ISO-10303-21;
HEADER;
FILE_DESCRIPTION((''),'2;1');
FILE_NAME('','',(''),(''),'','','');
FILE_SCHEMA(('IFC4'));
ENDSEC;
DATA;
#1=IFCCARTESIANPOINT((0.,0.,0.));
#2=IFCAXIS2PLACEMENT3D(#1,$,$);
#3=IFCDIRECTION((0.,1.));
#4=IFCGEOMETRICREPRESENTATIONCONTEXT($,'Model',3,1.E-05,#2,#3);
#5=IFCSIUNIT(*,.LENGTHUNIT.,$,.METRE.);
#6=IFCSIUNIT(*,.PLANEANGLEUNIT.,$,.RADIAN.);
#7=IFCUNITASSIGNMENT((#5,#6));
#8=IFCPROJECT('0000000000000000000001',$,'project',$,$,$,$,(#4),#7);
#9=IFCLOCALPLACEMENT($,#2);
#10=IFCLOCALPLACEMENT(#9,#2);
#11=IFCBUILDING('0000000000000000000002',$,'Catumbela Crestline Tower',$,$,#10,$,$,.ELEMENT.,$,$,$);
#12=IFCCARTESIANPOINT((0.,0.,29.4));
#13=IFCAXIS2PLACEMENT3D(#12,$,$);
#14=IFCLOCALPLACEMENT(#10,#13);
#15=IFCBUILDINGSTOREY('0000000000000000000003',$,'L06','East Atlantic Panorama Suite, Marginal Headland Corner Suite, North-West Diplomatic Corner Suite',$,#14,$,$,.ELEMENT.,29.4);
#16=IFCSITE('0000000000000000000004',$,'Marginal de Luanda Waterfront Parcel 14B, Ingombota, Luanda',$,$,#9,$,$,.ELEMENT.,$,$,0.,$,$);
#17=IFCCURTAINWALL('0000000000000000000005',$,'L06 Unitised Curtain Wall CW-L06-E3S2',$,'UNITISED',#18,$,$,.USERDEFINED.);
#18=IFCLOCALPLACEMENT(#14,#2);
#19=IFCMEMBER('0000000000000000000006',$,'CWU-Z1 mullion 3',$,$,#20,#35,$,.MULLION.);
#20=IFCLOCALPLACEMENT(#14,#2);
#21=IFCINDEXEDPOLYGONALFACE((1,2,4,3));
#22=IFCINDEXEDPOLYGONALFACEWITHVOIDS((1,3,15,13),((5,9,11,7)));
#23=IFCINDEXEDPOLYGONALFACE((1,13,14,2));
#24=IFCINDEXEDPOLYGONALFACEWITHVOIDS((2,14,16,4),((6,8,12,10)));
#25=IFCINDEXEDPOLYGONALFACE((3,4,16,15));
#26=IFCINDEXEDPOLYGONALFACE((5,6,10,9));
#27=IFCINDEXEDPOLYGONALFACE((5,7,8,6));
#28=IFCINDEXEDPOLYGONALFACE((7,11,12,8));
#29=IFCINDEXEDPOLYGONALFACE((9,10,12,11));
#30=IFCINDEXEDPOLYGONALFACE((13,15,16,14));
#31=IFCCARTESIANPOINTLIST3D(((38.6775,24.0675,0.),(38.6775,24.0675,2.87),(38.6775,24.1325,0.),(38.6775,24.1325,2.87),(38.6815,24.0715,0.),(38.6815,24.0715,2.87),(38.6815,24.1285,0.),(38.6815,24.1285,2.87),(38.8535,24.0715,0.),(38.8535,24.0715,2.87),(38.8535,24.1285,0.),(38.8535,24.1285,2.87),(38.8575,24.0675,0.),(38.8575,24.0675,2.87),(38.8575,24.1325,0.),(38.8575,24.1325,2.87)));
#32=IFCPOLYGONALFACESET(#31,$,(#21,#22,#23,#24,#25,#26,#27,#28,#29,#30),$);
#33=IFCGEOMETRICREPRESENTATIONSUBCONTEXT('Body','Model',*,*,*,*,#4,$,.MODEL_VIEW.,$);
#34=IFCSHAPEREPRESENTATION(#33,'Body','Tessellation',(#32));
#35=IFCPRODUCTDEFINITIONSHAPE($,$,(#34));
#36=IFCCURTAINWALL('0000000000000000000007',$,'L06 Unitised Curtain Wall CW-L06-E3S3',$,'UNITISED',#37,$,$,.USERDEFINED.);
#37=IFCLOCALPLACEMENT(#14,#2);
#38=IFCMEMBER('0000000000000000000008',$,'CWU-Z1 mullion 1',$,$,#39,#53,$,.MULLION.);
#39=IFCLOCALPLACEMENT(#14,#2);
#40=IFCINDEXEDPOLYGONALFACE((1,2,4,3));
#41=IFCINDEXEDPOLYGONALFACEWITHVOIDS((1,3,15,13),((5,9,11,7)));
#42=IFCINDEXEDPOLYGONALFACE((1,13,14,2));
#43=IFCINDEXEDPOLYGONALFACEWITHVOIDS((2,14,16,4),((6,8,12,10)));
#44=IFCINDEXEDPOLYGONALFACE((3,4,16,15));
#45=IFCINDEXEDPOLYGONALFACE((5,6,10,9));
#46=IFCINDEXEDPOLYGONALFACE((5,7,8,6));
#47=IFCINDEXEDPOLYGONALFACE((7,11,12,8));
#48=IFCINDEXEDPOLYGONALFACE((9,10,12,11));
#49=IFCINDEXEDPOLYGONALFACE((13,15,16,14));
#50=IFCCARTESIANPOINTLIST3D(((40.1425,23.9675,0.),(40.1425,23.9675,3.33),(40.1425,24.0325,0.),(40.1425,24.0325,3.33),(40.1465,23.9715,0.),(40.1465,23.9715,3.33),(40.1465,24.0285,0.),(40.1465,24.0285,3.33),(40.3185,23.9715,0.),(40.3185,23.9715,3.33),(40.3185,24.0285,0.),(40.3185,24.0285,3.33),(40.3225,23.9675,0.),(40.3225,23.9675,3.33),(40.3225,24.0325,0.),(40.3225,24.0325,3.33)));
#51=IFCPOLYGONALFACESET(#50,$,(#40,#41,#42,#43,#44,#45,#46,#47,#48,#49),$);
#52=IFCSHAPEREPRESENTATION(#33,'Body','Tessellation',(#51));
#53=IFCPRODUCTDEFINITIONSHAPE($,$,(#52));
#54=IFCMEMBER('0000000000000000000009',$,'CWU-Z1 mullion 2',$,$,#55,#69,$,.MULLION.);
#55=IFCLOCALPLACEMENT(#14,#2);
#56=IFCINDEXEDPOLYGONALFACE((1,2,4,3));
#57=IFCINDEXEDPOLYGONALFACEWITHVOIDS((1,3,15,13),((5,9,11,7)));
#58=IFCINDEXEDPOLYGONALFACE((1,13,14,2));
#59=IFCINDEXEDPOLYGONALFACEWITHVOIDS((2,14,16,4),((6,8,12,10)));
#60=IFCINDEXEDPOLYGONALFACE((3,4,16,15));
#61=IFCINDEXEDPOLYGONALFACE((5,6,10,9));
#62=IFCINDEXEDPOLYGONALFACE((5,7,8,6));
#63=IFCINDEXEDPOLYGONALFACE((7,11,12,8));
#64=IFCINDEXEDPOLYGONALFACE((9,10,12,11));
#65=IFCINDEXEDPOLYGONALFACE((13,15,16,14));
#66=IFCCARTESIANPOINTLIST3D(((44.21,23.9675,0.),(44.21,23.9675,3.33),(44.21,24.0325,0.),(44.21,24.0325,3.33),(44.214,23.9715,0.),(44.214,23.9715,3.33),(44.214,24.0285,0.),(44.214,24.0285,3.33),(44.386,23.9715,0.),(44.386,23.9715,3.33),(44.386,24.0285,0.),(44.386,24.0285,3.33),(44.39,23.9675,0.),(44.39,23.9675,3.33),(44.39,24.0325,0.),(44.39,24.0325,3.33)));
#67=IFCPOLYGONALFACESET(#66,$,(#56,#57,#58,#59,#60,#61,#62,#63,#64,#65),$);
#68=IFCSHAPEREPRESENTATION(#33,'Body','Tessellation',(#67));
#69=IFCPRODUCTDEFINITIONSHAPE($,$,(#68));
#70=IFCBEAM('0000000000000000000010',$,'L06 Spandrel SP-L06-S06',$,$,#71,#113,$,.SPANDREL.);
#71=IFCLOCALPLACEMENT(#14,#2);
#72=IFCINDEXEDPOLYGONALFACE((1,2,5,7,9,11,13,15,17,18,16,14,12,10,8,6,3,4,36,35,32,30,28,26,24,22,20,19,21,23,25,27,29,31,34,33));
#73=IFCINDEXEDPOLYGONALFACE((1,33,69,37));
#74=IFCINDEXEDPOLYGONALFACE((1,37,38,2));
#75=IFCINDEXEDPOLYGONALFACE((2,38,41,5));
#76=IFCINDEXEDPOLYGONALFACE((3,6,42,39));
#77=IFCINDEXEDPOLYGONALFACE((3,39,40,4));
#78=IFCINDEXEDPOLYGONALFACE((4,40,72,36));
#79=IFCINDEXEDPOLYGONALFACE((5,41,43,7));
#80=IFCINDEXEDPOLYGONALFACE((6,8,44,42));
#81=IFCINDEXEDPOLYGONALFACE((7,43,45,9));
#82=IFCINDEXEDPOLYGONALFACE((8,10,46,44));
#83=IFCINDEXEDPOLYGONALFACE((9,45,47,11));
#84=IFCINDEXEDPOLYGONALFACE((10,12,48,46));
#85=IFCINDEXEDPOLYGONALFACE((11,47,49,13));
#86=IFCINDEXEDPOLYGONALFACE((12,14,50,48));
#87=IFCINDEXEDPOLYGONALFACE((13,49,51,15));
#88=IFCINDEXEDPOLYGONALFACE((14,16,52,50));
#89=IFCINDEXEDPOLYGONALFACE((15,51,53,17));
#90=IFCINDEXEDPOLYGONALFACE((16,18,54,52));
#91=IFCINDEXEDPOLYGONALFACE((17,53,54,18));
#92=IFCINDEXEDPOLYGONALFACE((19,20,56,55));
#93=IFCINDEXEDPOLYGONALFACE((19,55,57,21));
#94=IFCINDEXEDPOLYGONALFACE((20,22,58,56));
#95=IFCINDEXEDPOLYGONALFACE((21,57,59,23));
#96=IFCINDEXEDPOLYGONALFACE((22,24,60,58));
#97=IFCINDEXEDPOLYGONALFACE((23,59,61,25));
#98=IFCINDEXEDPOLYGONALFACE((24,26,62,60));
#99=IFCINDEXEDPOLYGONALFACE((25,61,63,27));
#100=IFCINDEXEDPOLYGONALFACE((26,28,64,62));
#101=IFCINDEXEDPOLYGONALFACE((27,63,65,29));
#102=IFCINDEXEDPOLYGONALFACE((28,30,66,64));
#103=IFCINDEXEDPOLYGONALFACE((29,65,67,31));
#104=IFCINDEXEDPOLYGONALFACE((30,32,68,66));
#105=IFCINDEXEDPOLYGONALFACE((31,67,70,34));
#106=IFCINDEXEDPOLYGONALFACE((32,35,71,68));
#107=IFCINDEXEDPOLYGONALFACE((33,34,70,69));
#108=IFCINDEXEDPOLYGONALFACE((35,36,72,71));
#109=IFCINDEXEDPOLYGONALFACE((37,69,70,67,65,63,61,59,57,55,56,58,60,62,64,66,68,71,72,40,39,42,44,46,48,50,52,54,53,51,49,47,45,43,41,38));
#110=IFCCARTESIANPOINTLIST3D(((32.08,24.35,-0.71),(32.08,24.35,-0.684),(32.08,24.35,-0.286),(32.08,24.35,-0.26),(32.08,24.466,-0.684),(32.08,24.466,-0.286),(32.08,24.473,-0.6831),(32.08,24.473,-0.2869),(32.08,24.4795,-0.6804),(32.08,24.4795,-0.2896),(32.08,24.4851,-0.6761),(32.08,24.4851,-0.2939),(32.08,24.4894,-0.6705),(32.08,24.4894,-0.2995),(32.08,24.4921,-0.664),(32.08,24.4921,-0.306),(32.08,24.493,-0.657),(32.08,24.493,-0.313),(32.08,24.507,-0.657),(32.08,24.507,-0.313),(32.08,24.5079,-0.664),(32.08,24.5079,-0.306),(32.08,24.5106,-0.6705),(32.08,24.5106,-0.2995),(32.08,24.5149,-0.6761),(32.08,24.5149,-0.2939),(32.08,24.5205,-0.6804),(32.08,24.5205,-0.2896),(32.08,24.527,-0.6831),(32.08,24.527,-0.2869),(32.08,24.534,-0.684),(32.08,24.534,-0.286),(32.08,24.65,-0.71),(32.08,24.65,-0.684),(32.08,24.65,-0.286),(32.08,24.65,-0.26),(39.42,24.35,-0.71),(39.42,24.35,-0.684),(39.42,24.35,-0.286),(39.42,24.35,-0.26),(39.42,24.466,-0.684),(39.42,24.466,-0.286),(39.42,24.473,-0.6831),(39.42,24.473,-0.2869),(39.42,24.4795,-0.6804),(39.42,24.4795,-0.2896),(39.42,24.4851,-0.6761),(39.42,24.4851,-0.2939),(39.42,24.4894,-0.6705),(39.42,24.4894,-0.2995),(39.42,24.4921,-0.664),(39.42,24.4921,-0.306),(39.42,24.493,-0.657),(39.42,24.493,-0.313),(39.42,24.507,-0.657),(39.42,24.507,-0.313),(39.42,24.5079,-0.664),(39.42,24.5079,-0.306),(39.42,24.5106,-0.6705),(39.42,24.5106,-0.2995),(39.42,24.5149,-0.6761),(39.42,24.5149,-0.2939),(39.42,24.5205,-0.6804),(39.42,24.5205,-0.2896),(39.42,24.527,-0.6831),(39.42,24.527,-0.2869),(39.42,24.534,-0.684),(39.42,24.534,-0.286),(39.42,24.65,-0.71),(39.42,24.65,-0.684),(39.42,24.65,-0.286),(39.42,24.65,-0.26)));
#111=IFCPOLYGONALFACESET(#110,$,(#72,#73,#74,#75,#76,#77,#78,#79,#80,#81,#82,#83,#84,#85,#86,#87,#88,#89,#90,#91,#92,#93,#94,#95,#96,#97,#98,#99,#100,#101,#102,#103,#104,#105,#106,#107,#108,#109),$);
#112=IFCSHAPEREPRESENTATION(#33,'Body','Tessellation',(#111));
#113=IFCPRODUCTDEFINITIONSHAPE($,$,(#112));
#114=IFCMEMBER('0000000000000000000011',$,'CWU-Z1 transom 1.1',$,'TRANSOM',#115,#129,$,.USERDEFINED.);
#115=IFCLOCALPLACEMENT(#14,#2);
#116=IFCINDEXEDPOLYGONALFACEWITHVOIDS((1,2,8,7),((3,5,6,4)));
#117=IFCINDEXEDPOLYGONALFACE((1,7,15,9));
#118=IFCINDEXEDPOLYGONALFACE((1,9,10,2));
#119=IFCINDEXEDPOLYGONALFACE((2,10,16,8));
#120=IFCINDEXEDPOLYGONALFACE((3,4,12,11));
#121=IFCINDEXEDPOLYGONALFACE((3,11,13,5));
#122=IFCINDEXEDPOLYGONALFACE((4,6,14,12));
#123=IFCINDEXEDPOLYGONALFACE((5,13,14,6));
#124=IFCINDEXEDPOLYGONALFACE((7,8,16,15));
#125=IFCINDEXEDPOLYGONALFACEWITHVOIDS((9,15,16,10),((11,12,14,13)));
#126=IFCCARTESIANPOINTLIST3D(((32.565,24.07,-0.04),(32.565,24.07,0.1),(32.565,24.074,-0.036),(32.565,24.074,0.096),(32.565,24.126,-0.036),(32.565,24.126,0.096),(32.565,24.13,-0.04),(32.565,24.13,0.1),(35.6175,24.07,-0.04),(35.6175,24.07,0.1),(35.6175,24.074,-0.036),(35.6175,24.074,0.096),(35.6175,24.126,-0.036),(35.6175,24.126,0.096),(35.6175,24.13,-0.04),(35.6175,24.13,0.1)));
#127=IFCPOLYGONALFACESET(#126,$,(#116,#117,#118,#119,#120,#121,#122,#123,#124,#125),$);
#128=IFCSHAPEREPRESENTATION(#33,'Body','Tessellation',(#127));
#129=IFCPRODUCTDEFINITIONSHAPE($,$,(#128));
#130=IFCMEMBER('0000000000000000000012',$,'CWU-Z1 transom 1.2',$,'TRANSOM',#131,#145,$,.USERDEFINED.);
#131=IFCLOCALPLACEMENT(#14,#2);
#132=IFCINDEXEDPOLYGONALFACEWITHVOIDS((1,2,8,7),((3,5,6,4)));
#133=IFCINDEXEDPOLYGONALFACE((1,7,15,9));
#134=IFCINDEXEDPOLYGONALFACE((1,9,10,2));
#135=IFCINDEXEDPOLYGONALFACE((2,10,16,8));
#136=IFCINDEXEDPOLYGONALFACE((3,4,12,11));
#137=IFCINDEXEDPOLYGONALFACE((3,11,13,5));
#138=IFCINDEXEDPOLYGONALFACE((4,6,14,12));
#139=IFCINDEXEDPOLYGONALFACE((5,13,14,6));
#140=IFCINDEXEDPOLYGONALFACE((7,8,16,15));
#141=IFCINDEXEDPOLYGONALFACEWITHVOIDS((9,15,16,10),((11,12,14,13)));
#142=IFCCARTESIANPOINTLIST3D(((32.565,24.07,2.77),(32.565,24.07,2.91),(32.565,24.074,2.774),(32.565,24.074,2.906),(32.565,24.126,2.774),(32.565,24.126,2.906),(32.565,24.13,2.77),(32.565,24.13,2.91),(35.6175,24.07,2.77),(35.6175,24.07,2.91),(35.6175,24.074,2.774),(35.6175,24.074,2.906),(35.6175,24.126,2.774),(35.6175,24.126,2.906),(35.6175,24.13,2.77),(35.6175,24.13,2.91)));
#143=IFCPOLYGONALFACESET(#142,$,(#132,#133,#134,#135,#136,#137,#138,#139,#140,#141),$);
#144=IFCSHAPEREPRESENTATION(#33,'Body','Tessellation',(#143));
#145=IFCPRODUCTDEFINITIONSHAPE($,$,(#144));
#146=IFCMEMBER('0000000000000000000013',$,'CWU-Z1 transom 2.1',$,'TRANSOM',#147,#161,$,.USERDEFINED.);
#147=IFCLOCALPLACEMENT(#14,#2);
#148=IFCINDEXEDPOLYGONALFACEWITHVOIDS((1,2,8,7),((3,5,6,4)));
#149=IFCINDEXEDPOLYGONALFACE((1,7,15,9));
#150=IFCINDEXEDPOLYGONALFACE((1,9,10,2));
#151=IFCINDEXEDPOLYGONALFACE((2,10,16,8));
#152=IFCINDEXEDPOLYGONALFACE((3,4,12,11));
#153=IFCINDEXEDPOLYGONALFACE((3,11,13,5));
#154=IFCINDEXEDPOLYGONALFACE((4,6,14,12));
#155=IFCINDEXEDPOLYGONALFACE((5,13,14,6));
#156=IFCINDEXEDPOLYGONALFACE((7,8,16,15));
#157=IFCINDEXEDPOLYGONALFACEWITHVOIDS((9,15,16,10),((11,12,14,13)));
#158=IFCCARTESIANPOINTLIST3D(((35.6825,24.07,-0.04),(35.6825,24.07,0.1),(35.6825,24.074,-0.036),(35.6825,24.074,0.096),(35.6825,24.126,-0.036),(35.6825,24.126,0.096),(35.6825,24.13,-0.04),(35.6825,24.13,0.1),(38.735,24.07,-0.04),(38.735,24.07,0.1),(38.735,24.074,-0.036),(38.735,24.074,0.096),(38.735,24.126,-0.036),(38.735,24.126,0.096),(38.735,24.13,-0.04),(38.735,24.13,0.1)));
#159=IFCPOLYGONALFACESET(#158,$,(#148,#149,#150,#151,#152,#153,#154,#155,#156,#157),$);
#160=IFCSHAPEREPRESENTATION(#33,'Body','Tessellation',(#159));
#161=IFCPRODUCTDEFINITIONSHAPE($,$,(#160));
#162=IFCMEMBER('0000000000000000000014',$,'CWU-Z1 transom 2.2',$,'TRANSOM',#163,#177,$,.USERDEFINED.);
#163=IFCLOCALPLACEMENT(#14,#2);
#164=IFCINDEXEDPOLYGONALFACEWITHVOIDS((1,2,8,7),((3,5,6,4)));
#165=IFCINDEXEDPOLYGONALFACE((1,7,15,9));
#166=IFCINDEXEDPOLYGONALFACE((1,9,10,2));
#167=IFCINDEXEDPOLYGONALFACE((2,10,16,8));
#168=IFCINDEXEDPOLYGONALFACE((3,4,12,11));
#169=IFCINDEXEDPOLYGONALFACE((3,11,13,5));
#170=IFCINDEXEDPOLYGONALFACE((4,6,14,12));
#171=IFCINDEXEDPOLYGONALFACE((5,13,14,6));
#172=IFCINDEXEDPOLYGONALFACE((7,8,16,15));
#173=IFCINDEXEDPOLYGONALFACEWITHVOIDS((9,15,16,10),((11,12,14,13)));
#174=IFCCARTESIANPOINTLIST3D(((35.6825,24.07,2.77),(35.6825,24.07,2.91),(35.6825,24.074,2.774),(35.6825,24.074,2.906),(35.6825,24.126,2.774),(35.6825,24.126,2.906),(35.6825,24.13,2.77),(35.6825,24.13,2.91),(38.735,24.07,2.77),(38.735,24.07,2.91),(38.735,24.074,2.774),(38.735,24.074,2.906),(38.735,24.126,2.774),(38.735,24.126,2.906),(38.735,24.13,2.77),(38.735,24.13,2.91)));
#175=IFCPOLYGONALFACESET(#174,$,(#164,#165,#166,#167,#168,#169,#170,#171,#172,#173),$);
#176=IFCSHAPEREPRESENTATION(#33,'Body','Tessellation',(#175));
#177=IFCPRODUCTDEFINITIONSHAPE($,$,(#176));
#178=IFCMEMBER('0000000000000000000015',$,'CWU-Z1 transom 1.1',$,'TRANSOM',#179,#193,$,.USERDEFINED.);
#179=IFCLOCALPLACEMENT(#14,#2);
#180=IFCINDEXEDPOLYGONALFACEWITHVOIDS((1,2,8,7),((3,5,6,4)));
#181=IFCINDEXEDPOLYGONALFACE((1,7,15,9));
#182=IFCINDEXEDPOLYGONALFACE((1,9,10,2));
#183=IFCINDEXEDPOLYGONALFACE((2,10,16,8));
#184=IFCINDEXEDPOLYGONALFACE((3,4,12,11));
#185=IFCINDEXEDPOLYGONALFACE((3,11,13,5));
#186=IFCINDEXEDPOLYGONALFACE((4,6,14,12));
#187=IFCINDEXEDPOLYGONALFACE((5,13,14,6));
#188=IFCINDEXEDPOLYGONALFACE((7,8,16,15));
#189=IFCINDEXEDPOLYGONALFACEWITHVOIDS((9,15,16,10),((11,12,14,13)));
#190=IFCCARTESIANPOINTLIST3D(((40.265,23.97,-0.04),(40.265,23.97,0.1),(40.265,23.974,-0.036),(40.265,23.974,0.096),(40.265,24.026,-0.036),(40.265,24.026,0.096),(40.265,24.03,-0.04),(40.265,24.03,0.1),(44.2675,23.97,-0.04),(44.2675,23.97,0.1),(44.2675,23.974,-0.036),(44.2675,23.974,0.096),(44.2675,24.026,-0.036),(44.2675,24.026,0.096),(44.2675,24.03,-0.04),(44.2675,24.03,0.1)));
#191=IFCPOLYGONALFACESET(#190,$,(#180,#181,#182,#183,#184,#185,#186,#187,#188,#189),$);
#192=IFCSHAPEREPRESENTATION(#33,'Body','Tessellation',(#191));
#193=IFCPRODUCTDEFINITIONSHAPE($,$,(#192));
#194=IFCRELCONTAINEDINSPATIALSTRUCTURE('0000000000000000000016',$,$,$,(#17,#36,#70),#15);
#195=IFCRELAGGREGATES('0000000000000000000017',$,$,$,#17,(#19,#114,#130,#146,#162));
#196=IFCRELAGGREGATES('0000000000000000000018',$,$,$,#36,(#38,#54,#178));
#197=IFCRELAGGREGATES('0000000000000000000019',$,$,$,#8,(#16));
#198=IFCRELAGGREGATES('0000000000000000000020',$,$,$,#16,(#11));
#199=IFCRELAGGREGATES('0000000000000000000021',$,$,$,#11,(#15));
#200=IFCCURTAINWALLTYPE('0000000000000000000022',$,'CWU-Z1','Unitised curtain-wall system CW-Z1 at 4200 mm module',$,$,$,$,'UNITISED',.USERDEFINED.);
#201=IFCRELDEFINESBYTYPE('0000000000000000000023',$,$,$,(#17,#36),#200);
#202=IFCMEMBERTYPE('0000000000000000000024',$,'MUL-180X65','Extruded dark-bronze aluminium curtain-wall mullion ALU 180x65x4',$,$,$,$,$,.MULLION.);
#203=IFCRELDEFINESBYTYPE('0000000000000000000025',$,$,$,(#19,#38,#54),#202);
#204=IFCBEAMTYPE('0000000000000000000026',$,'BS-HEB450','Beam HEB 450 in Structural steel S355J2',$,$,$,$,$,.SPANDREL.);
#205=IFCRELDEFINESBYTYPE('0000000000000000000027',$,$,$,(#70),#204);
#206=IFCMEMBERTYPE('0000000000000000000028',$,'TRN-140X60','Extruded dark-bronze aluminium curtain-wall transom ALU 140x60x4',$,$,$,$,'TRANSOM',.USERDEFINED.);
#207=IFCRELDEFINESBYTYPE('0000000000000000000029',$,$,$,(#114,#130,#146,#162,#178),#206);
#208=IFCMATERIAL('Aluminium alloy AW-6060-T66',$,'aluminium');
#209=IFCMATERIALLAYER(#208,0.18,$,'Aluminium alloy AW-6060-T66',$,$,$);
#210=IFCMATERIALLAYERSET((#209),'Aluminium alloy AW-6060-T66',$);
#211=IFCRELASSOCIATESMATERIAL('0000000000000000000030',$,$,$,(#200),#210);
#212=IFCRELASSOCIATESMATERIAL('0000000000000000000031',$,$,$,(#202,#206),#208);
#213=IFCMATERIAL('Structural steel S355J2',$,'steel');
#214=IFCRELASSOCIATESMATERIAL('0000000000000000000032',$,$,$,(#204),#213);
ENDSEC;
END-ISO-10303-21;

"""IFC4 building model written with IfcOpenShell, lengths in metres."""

from ifc_helpers import new_model, si_unit, direction, frame, origin, origin_2d, place, context, subcontext, project, spatial, hollow_rectangle, i_section, extrude, material, layer, layer_set, material_profile, profile_set, type_object, element, aggregate, save


model = new_model("IFC4")

# Units and contexts
model_context = context("Model", 3, precision=1e-05, world=origin(), true_north=direction((0.0, 1.0)))
body_context = subcontext(model_context, "Body", "Model", "MODEL_VIEW")
ifc_project = project(units=[si_unit("LENGTHUNIT", "METRE"), si_unit("PLANEANGLEUNIT", "RADIAN")], contexts=[model_context])

# Site, building, storey
site_placement = place(None, origin())
site = spatial("IfcSite", under=ifc_project, at=site_placement, Name="Marginal de Luanda Waterfront Parcel 14B, Ingombota, Luanda", CompositionType="ELEMENT", RefElevation=0.0)
building_placement = place(site_placement, origin())
building = spatial("IfcBuilding", under=site, at=building_placement, Name="Catumbela Crestline Tower", CompositionType="ELEMENT")
storey_placement = place(building_placement, frame((0.0, 0.0, 29.4)))
storey = spatial("IfcBuildingStorey", under=building, at=storey_placement, Name="L06", Description="East Atlantic Panorama Suite, Marginal Headland Corner Suite, North-West Diplomatic Corner Suite", CompositionType="ELEMENT", Elevation=29.4)

# Shared definitions
ifc_material_1 = material(Name="Structural steel S355J2", Category="steel")

# Curtain walls, members
ifc_material_2 = material(Name="Aluminium alloy AW-6060-T66", Category="aluminium")
ifc_layer_1 = layer(ifc_material_2, 0.18, Name="Aluminium alloy AW-6060-T66")
ifc_layer_set_1 = layer_set([ifc_layer_1], Name="Aluminium alloy AW-6060-T66")
curtain_wall_type = type_object("IfcCurtainWallType", Name="CWU-Z1", Description="Unitised curtain-wall system CW-Z1 at 4200 mm module", ElementType="UNITISED", PredefinedType="USERDEFINED", material=ifc_layer_set_1)
curtain_wall_1_placement = place(storey_placement, origin())
curtain_wall_1 = element("IfcCurtainWall", 1, at=curtain_wall_1_placement, inside=storey, type_object=curtain_wall_type, Name="L06 Unitised Curtain Wall CW-L06-E3S2", ObjectType="UNITISED", PredefinedType="USERDEFINED")
ifc_material_profile_1 = material_profile(ifc_material_2, hollow_rectangle(XDim=0.065, YDim=0.18, WallThickness=0.004, at=origin_2d()), Name="ALU 180x65x4")
ifc_profile_set_1 = profile_set([ifc_material_profile_1], Name="Aluminium alloy AW-6060-T66")
member_type_1 = type_object("IfcMemberType", Name="MUL-180X65", Description="Extruded dark-bronze aluminium curtain-wall mullion ALU 180x65x4", PredefinedType="MULLION", material=ifc_profile_set_1)
member_1_placement = place(storey_placement, frame((38.7675, 24.1, 0.0), z_axis=(0.0, 0.0, 1.0), x_axis=(0.0, 1.0, 0.0)))
member_1 = element("IfcMember", 2, at=member_1_placement, type_object=member_type_1, Name="CWU-Z1 mullion 3", PredefinedType="MULLION", context=body_context, shape_type="SweptSolid", body=[
    extrude(hollow_rectangle(XDim=0.065, YDim=0.18, WallThickness=0.004, at=origin_2d()), origin(), (0.0, 0.0, 1.0), 2.87),
])
curtain_wall_2_placement = place(storey_placement, origin())
curtain_wall_2 = element("IfcCurtainWall", 3, at=curtain_wall_2_placement, inside=storey, type_object=curtain_wall_type, Name="L06 Unitised Curtain Wall CW-L06-E3S3", ObjectType="UNITISED", PredefinedType="USERDEFINED")
member_2_placement = place(storey_placement, frame((40.2325, 24.0, 0.0), z_axis=(0.0, 0.0, 1.0), x_axis=(0.0, 1.0, 0.0)))
member_2 = element("IfcMember", 4, at=member_2_placement, type_object=member_type_1, Name="CWU-Z1 mullion 1", PredefinedType="MULLION", context=body_context, shape_type="SweptSolid", body=[
    extrude(hollow_rectangle(XDim=0.065, YDim=0.18, WallThickness=0.004, at=origin_2d()), origin(), (0.0, 0.0, 1.0), 3.33),
])
member_3_placement = place(storey_placement, frame((44.3, 24.0, 0.0), z_axis=(0.0, 0.0, 1.0), x_axis=(0.0, 1.0, 0.0)))
member_3 = element("IfcMember", 5, at=member_3_placement, type_object=member_type_1, Name="CWU-Z1 mullion 2", PredefinedType="MULLION", context=body_context, shape_type="SweptSolid", body=[
    extrude(hollow_rectangle(XDim=0.065, YDim=0.18, WallThickness=0.004, at=origin_2d()), origin(), (0.0, 0.0, 1.0), 3.33),
])

# Beam
ifc_material_profile_2 = material_profile(ifc_material_1, i_section(OverallWidth=0.3, OverallDepth=0.45, WebThickness=0.014, FlangeThickness=0.026, FilletRadius=0.027, at=origin_2d()), Name="HEB 450")
ifc_profile_set_2 = profile_set([ifc_material_profile_2], Name="Structural steel S355J2")
beam_type_1 = type_object("IfcBeamType", Name="BS-HEB450", Description="Beam HEB 450 in Structural steel S355J2", PredefinedType="SPANDREL", material=ifc_profile_set_2)
beam_1_placement = place(storey_placement, frame((32.08, 24.5, -0.485), z_axis=(1.0, 0.0, 0.0), x_axis=(0.0, 1.0, 0.0)))
element("IfcBeam", 6, at=beam_1_placement, inside=storey, type_object=beam_type_1, Name="L06 Spandrel SP-L06-S06", PredefinedType="SPANDREL", context=body_context, shape_type="SweptSolid", body=[
    extrude(i_section(OverallWidth=0.3, OverallDepth=0.45, WebThickness=0.014, FlangeThickness=0.026, FilletRadius=0.027, at=origin_2d()), origin(), (0.0, 0.0, 1.0), 7.34),
])

# Members
ifc_material_profile_3 = material_profile(ifc_material_2, hollow_rectangle(XDim=0.06, YDim=0.14, WallThickness=0.004, at=origin_2d()), Name="ALU 140x60x4")
ifc_profile_set_3 = profile_set([ifc_material_profile_3], Name="Aluminium alloy AW-6060-T66")
member_type_2 = type_object("IfcMemberType", Name="TRN-140X60", Description="Extruded dark-bronze aluminium curtain-wall transom ALU 140x60x4", ElementType="TRANSOM", PredefinedType="USERDEFINED", material=ifc_profile_set_3)
member_4_placement = place(storey_placement, frame((32.565, 24.1, 0.03), z_axis=(1.0, 0.0, 0.0), x_axis=(0.0, 1.0, 0.0)))
member_4 = element("IfcMember", 7, at=member_4_placement, type_object=member_type_2, Name="CWU-Z1 transom 1.1", ObjectType="TRANSOM", PredefinedType="USERDEFINED", context=body_context, shape_type="SweptSolid", body=[
    extrude(hollow_rectangle(XDim=0.06, YDim=0.14, WallThickness=0.004, at=origin_2d()), origin(), (0.0, 0.0, 1.0), 3.0525),
])
member_5_placement = place(storey_placement, frame((32.565, 24.1, 2.84), z_axis=(1.0, 0.0, 0.0), x_axis=(0.0, 1.0, 0.0)))
member_5 = element("IfcMember", 8, at=member_5_placement, type_object=member_type_2, Name="CWU-Z1 transom 1.2", ObjectType="TRANSOM", PredefinedType="USERDEFINED", context=body_context, shape_type="SweptSolid", body=[
    extrude(hollow_rectangle(XDim=0.06, YDim=0.14, WallThickness=0.004, at=origin_2d()), origin(), (0.0, 0.0, 1.0), 3.0525),
])
member_6_placement = place(storey_placement, frame((35.6825, 24.1, 0.03), z_axis=(1.0, 0.0, 0.0), x_axis=(0.0, 1.0, 0.0)))
member_6 = element("IfcMember", 9, at=member_6_placement, type_object=member_type_2, Name="CWU-Z1 transom 2.1", ObjectType="TRANSOM", PredefinedType="USERDEFINED", context=body_context, shape_type="SweptSolid", body=[
    extrude(hollow_rectangle(XDim=0.06, YDim=0.14, WallThickness=0.004, at=origin_2d()), origin(), (0.0, 0.0, 1.0), 3.0525),
])
member_7_placement = place(storey_placement, frame((35.6825, 24.1, 2.84), z_axis=(1.0, 0.0, 0.0), x_axis=(0.0, 1.0, 0.0)))
member_7 = element("IfcMember", 10, at=member_7_placement, type_object=member_type_2, Name="CWU-Z1 transom 2.2", ObjectType="TRANSOM", PredefinedType="USERDEFINED", context=body_context, shape_type="SweptSolid", body=[
    extrude(hollow_rectangle(XDim=0.06, YDim=0.14, WallThickness=0.004, at=origin_2d()), origin(), (0.0, 0.0, 1.0), 3.0525),
])
member_8_placement = place(storey_placement, frame((40.265, 24.0, 0.03), z_axis=(1.0, 0.0, 0.0), x_axis=(0.0, 1.0, 0.0)))
member_8 = element("IfcMember", 11, at=member_8_placement, type_object=member_type_2, Name="CWU-Z1 transom 1.1", ObjectType="TRANSOM", PredefinedType="USERDEFINED", context=body_context, shape_type="SweptSolid", body=[
    extrude(hollow_rectangle(XDim=0.06, YDim=0.14, WallThickness=0.004, at=origin_2d()), origin(), (0.0, 0.0, 1.0), 4.0025),
])

aggregate(curtain_wall_1, [member_1, member_4, member_5, member_6, member_7])
aggregate(curtain_wall_2, [member_2, member_3, member_8])

save(model, "model.ifc")
